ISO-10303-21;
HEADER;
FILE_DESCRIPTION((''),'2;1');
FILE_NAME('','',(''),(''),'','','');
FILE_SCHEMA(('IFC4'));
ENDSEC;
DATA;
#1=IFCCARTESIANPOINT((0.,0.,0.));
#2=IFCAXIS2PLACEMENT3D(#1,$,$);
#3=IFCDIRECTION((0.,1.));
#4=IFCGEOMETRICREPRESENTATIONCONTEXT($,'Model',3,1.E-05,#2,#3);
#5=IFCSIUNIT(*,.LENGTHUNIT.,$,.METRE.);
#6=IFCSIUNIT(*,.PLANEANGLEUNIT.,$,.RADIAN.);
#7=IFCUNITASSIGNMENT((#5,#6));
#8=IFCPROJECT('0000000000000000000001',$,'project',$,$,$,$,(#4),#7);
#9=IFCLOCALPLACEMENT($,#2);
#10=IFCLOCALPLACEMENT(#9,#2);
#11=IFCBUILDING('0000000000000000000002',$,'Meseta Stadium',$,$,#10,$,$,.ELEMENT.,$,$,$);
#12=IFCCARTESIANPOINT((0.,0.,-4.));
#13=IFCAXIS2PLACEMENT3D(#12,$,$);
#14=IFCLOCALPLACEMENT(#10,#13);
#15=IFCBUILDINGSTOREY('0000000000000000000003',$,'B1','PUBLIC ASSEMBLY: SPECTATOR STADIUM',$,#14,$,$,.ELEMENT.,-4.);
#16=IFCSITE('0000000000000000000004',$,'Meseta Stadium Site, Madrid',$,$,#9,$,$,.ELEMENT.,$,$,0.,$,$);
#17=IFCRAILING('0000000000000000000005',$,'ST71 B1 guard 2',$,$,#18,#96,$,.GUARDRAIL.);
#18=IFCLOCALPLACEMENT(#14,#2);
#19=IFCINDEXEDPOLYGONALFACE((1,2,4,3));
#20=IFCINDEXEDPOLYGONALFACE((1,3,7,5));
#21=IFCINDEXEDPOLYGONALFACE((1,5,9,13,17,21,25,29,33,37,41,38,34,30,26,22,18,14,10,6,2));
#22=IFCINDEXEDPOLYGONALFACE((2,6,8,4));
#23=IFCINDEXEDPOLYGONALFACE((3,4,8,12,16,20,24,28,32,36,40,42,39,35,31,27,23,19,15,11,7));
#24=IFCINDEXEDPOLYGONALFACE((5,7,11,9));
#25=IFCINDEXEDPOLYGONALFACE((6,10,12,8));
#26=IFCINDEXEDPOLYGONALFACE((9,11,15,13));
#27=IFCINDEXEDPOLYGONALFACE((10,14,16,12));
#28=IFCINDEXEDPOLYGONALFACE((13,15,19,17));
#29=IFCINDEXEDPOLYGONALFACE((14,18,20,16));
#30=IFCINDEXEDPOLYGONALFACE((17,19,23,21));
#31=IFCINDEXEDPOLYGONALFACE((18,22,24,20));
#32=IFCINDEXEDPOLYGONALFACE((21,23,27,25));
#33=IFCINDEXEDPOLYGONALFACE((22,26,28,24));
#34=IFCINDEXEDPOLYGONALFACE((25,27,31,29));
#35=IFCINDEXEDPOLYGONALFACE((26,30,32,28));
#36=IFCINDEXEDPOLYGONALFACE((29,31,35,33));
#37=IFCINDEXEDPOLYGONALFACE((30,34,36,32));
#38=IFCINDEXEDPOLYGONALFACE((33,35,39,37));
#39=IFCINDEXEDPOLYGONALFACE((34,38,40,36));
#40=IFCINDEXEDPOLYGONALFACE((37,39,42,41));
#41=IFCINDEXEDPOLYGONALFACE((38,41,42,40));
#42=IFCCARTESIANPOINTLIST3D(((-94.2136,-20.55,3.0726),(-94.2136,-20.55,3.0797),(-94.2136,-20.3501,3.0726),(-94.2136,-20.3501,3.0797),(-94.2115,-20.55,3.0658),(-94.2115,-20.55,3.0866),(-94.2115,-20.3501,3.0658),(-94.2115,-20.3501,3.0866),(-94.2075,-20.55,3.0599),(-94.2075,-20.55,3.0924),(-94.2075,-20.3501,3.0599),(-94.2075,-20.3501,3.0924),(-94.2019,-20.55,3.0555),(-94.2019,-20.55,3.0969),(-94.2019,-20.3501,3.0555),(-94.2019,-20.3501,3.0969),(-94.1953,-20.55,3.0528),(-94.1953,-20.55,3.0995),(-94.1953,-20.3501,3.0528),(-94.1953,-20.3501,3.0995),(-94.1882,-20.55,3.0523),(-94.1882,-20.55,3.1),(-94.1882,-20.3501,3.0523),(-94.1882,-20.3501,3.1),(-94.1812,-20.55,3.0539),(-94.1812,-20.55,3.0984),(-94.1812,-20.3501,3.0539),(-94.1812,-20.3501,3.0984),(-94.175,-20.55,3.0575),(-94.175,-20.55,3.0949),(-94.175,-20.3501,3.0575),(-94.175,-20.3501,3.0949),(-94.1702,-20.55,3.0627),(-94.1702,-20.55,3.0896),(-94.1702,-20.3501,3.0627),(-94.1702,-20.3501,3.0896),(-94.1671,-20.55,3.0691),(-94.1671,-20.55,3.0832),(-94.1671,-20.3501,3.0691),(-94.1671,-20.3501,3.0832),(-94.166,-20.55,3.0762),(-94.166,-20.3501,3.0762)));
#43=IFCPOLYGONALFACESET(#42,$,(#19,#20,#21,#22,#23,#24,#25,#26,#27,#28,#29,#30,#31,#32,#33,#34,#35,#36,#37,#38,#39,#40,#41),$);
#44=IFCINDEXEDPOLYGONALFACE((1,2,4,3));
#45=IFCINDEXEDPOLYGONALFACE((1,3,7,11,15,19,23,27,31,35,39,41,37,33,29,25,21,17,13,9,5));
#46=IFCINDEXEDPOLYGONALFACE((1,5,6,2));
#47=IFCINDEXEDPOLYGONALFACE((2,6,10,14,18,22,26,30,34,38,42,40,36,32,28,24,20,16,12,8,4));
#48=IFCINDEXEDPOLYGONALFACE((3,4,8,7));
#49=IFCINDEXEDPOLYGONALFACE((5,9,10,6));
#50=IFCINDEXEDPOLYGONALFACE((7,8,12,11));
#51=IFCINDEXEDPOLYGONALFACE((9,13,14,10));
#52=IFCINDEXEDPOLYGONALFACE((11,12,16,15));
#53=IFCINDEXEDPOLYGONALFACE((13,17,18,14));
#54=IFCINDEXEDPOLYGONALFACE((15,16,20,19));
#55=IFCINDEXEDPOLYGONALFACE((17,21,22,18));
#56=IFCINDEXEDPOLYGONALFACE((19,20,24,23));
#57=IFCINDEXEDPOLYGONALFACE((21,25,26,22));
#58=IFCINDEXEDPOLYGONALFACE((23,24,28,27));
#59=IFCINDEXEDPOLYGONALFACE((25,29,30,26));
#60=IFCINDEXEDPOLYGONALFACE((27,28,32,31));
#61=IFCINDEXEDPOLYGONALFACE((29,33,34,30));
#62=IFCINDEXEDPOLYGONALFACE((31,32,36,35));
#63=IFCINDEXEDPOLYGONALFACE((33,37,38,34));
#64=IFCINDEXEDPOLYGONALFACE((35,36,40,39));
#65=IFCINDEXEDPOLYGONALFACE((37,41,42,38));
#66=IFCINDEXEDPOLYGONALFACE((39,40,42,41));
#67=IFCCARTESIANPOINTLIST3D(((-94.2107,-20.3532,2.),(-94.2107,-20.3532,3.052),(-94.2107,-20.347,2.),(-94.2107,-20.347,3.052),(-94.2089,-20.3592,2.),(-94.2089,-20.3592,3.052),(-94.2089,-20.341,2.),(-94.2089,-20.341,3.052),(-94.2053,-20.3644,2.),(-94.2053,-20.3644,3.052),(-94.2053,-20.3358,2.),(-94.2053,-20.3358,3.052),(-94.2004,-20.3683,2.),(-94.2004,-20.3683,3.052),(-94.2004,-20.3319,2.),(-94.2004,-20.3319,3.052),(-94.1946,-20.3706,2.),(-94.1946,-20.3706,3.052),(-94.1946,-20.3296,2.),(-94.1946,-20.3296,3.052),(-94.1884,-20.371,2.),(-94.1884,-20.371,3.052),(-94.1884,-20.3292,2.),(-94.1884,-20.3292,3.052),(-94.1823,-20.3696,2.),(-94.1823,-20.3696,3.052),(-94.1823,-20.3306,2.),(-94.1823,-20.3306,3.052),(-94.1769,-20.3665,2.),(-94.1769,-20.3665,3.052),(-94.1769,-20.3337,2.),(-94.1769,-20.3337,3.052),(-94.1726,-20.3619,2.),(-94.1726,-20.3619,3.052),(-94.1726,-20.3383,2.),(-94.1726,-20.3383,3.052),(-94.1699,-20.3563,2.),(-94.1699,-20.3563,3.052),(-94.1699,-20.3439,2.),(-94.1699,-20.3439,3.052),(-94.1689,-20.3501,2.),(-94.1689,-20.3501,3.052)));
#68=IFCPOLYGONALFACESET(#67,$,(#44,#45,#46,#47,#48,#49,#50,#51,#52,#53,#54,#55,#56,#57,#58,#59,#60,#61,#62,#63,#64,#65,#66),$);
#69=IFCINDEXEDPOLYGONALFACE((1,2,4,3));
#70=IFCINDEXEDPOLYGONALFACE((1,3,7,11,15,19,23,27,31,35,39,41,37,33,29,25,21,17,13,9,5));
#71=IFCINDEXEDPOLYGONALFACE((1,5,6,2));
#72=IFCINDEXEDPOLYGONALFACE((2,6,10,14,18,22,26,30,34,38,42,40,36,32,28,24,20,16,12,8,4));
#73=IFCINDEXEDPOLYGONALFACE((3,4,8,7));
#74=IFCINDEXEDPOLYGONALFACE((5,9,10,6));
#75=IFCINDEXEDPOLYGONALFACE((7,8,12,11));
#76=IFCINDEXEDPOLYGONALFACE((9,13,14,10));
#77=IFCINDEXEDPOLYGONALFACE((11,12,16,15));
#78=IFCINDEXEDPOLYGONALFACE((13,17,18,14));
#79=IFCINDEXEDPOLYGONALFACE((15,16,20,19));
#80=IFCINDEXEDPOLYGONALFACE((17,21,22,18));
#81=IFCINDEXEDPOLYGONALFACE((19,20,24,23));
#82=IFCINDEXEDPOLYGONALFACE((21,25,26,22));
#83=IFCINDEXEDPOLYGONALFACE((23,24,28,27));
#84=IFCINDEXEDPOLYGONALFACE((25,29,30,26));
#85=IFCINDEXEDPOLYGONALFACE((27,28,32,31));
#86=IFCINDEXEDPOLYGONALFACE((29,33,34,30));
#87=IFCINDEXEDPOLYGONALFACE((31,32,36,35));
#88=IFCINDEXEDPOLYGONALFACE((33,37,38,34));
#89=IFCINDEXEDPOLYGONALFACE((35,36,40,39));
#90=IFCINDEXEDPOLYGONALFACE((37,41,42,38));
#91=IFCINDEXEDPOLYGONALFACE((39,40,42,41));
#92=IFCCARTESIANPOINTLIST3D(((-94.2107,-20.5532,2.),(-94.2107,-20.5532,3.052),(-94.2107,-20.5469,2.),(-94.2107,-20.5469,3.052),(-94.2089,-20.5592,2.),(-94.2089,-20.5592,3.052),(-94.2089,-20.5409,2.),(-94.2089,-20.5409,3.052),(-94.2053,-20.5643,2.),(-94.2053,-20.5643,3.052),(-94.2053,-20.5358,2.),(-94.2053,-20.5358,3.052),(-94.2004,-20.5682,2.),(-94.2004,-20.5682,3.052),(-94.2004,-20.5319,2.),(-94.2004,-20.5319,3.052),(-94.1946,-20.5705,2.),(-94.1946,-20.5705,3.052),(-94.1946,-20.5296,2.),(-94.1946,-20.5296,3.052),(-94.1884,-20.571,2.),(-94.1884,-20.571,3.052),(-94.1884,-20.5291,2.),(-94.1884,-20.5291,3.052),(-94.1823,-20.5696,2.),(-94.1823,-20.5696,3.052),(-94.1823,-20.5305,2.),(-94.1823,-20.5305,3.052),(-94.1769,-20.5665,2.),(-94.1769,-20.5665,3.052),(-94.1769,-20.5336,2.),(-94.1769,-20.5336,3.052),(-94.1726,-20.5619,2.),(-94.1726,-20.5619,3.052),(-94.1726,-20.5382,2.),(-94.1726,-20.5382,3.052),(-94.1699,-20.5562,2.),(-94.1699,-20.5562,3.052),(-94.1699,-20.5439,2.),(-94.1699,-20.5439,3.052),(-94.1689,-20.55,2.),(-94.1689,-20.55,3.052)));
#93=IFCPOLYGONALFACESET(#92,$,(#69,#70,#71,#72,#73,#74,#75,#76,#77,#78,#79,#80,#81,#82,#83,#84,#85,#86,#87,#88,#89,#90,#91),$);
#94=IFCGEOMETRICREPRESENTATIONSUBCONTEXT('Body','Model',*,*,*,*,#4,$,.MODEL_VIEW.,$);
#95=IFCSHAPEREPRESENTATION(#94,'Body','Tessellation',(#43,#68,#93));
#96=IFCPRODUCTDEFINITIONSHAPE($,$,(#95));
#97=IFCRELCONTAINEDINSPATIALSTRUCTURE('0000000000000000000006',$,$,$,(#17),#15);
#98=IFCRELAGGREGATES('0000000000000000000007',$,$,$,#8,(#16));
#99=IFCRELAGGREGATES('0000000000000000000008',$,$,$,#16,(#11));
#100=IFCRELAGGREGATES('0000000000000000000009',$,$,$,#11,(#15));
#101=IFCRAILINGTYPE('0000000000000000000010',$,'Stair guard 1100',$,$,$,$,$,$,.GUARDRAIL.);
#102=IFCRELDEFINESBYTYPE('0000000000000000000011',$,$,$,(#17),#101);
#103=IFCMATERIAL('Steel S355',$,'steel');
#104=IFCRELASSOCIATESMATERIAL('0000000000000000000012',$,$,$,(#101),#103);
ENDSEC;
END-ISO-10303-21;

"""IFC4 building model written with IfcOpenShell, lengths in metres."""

from ifc_helpers import new_model, si_unit, direction, frame, origin, origin_2d, place, context, subcontext, project, spatial, circle, extrude, material, type_object, element, save


model = new_model("IFC4")

# Units and contexts
model_context = context("Model", 3, precision=1e-05, world=origin(), true_north=direction((0.0, 1.0)))
body_context = subcontext(model_context, "Body", "Model", "MODEL_VIEW")
ifc_project = project(units=[si_unit("LENGTHUNIT", "METRE"), si_unit("PLANEANGLEUNIT", "RADIAN")], contexts=[model_context])

# Site, building, storey
site_placement = place(None, origin())
site = spatial("IfcSite", under=ifc_project, at=site_placement, Name="Meseta Stadium Site, Madrid", CompositionType="ELEMENT", RefElevation=0.0)
building_placement = place(site_placement, origin())
building = spatial("IfcBuilding", under=site, at=building_placement, Name="Meseta Stadium", CompositionType="ELEMENT")
storey_placement = place(building_placement, frame((0.0, 0.0, -4.0)))
storey = spatial("IfcBuildingStorey", under=building, at=storey_placement, Name="B1", Description="PUBLIC ASSEMBLY: SPECTATOR STADIUM", CompositionType="ELEMENT", Elevation=-4.0)

# Railing
ifc_material_1 = material(Name="Steel S355", Category="steel")
railing_type_1 = type_object("IfcRailingType", Name="Stair guard 1100", PredefinedType="GUARDRAIL", material=ifc_material_1)
railing_1_placement = place(storey_placement, frame((-94.1899, -20.3501, 2.0)))
element("IfcRailing", 1, at=railing_1_placement, inside=storey, type_object=railing_type_1, Name="ST71 B1 guard 2", PredefinedType="GUARDRAIL", context=body_context, shape_type="SweptSolid", body=[
    extrude(circle(Radius=0.0239, at=origin_2d()), frame((0.0, 0.0, 1.0762), z_axis=(0.0, -1.0, 0.0), x_axis=(1.0, 0.0, 0.0)), (0.0, 0.0, 1.0), 0.2),
    extrude(circle(Radius=0.021, at=origin_2d()), origin(), (0.0, 0.0, 1.0), 1.052),
    extrude(circle(Radius=0.021, at=origin_2d()), frame((0.0, -0.2, 0.0)), (0.0, 0.0, 1.0), 1.052),
])

save(model, "model.ifc")
